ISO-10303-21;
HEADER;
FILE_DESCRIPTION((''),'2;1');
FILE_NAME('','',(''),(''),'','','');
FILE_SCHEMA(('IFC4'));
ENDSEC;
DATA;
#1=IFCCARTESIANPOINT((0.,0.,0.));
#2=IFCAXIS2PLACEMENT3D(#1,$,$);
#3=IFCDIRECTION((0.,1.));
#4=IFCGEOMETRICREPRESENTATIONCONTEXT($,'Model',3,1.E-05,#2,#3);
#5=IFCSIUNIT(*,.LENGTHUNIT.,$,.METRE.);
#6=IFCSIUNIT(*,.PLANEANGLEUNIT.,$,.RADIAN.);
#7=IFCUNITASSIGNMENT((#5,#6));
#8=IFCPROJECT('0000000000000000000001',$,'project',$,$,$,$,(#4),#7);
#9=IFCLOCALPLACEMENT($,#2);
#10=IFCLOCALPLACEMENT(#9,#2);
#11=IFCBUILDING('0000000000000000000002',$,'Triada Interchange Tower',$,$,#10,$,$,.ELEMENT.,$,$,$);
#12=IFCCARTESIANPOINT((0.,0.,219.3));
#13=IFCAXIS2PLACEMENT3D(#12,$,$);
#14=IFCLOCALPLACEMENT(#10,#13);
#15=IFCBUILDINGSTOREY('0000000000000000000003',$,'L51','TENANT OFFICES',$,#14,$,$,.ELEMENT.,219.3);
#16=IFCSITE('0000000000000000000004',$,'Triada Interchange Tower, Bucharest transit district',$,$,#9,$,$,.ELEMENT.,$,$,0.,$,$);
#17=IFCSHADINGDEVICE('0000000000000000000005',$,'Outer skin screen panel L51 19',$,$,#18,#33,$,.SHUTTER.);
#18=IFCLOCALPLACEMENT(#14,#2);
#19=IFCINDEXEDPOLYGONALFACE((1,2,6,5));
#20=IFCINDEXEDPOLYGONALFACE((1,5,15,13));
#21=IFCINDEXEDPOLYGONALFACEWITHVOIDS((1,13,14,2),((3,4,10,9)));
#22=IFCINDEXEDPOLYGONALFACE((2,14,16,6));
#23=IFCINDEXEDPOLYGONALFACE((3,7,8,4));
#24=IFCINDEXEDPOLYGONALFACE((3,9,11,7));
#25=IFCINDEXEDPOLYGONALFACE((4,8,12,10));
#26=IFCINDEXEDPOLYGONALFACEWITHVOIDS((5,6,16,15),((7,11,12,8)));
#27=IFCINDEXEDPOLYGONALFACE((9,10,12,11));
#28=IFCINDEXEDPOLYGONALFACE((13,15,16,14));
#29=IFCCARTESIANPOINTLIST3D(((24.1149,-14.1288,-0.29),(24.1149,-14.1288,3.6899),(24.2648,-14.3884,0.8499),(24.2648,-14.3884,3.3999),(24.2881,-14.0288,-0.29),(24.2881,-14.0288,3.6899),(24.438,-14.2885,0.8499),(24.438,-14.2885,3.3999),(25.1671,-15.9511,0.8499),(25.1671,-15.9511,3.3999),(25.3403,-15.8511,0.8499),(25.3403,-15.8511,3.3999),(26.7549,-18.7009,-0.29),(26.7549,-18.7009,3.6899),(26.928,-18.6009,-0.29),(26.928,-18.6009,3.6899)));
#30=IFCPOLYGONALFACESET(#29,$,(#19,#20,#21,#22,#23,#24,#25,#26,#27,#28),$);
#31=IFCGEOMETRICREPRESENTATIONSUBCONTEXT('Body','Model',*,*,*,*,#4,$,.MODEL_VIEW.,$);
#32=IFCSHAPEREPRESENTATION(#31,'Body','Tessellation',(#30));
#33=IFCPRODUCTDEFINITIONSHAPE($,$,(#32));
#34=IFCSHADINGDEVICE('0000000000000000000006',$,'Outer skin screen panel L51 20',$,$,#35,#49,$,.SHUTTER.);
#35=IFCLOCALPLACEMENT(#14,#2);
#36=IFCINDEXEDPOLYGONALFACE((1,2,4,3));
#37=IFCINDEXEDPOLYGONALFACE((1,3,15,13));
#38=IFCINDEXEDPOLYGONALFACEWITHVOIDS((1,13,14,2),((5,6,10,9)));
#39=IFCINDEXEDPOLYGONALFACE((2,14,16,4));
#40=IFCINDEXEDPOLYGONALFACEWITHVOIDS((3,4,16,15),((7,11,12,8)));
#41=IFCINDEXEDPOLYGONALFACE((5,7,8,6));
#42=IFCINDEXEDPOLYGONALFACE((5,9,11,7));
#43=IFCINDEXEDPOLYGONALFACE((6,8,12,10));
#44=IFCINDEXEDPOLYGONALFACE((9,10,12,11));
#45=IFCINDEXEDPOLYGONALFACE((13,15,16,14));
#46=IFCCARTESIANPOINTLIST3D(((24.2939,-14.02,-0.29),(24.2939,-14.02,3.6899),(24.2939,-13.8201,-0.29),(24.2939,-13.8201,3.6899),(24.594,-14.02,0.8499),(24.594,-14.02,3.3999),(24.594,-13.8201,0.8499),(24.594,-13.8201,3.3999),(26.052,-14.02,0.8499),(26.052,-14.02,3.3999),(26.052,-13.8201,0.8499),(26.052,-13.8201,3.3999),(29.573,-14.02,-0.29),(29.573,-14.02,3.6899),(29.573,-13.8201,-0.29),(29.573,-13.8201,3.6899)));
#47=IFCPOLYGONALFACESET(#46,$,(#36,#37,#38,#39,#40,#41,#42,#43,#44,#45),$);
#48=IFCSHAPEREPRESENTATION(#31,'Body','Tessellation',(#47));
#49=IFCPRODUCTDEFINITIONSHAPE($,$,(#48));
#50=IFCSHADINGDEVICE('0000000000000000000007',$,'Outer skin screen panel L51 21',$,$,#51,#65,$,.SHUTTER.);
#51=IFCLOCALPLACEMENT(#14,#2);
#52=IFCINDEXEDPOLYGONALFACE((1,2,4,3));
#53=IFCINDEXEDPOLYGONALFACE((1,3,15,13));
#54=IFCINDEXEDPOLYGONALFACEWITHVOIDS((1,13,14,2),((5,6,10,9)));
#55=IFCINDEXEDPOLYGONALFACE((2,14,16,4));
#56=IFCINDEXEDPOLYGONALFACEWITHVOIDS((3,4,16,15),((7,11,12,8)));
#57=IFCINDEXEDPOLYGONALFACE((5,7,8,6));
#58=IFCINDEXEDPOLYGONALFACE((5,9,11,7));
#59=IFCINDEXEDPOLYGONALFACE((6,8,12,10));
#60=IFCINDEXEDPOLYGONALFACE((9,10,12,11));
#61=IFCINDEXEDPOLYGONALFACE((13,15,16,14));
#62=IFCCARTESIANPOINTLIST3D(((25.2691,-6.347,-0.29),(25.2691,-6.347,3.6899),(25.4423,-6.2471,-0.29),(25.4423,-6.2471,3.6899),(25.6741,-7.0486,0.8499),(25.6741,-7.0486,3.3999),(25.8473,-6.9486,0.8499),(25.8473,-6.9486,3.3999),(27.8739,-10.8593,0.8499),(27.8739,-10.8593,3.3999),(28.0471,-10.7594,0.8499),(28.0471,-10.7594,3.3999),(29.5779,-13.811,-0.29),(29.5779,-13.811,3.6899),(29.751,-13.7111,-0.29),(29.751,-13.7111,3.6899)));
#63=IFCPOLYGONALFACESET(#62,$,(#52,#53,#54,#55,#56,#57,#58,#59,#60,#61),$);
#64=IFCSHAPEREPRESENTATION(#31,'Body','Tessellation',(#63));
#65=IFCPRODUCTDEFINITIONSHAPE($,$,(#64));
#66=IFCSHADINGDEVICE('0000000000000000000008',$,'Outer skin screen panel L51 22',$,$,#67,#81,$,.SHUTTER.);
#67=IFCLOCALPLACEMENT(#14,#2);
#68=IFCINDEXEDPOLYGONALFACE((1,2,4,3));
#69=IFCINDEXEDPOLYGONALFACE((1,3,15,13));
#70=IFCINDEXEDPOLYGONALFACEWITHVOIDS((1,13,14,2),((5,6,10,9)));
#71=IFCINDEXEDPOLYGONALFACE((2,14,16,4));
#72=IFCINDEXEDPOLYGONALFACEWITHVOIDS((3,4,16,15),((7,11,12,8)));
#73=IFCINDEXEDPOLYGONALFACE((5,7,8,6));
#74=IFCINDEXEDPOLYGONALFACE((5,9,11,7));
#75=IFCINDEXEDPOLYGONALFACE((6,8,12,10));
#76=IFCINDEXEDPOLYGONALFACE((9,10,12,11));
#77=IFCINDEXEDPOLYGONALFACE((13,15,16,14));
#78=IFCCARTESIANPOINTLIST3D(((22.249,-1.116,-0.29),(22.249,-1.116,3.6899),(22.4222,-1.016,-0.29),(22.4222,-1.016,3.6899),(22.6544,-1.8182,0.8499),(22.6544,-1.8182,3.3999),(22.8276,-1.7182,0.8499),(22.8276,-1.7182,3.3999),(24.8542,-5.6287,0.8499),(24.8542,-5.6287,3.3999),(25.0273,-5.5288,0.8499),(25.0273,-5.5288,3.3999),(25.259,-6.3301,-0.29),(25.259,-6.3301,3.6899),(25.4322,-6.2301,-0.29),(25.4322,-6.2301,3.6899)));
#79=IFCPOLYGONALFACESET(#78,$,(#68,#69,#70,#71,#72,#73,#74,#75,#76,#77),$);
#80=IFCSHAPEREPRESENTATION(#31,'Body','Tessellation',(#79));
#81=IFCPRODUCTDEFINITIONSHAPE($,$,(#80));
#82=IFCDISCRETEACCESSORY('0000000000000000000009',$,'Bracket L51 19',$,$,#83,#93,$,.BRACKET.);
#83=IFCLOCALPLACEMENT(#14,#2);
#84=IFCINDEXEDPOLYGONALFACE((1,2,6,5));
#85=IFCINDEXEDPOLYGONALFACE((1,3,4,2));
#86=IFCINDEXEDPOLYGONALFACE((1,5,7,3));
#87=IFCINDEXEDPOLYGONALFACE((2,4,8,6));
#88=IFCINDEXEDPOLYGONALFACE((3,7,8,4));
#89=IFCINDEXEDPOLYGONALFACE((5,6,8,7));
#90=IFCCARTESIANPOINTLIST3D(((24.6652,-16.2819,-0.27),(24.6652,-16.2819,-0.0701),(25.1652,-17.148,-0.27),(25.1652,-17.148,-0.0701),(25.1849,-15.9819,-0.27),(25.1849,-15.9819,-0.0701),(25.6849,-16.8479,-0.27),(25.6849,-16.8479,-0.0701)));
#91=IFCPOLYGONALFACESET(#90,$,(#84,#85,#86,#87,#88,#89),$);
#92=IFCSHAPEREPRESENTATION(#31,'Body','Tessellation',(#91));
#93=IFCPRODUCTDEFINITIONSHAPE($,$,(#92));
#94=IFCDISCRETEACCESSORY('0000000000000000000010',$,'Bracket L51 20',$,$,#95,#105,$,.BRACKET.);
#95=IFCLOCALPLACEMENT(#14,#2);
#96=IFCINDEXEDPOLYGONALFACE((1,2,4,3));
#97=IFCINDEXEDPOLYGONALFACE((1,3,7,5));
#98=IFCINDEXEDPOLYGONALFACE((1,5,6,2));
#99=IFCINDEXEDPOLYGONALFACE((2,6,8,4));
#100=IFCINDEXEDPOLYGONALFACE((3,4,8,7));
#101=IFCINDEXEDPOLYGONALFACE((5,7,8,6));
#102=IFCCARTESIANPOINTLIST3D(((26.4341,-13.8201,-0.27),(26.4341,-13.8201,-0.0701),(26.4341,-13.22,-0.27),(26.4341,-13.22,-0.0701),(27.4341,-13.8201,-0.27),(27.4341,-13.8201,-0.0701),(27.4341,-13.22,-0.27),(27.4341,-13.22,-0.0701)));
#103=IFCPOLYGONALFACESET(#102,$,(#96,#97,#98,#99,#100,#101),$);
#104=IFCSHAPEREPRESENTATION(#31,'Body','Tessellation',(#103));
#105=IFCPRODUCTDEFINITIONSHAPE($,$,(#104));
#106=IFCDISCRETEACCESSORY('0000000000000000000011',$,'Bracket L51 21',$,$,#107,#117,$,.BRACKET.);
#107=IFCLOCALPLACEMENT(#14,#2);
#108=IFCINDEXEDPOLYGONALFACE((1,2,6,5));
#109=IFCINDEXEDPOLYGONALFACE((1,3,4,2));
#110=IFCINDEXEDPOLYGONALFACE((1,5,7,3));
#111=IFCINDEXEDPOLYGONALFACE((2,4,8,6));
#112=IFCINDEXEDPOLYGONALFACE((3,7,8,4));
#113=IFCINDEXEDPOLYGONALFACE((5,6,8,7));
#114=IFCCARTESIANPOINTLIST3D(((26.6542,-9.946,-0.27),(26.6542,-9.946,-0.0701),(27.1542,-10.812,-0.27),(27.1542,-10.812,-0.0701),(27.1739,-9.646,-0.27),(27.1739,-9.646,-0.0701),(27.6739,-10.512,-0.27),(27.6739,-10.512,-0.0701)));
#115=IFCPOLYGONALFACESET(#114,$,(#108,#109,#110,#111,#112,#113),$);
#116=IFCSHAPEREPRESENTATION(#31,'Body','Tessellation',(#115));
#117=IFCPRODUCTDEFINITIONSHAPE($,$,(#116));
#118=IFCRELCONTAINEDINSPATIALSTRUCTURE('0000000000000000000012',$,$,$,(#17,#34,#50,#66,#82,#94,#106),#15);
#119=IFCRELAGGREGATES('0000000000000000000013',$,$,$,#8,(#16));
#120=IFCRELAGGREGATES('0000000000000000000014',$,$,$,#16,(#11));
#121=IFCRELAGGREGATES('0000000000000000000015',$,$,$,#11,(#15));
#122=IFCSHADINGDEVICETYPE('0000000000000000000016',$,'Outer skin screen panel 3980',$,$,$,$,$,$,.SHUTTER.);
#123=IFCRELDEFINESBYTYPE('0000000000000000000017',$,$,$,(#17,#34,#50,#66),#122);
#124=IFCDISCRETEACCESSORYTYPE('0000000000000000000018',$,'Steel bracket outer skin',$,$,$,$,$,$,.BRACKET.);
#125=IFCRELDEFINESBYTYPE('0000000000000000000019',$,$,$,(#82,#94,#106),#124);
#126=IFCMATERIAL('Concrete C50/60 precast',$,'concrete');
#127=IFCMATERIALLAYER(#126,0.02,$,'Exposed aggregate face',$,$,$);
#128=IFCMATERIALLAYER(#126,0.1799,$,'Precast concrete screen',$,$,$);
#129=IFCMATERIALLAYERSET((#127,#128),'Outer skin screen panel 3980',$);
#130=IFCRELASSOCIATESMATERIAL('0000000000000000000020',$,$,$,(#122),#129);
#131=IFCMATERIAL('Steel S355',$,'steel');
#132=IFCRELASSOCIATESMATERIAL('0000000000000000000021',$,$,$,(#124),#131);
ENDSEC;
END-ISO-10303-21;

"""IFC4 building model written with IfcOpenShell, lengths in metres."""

from ifc_helpers import new_model, si_unit, direction, frame, origin, origin_2d, place, context, subcontext, project, spatial, polyline, rectangle, outline, extrude, material, layer, layer_set, type_object, element, save


model = new_model("IFC4")

# Units and contexts
model_context = context("Model", 3, precision=1e-05, world=origin(), true_north=direction((0.0, 1.0)))
body_context = subcontext(model_context, "Body", "Model", "MODEL_VIEW")
ifc_project = project(units=[si_unit("LENGTHUNIT", "METRE"), si_unit("PLANEANGLEUNIT", "RADIAN")], contexts=[model_context])

# Site, building, storey
site_placement = place(None, origin())
site = spatial("IfcSite", under=ifc_project, at=site_placement, Name="Triada Interchange Tower, Bucharest transit district", CompositionType="ELEMENT", RefElevation=0.0)
building_placement = place(site_placement, origin())
building = spatial("IfcBuilding", under=site, at=building_placement, Name="Triada Interchange Tower", CompositionType="ELEMENT")
storey_placement = place(building_placement, frame((0.0, 0.0, 219.3)))
storey = spatial("IfcBuildingStorey", under=building, at=storey_placement, Name="L51", Description="TENANT OFFICES", CompositionType="ELEMENT", Elevation=219.3)

# Shading devices
ifc_material_1 = material(Name="Concrete C50/60 precast", Category="concrete")
ifc_layer_1 = layer(ifc_material_1, 0.02, Name="Exposed aggregate face")
ifc_layer_2 = layer(ifc_material_1, 0.1799, Name="Precast concrete screen")
ifc_layer_set_1 = layer_set([ifc_layer_1, ifc_layer_2], Name="Outer skin screen panel 3980")
shading_device_type = type_object("IfcShadingDeviceType", Name="Outer skin screen panel 3980", PredefinedType="SHUTTER", material=ifc_layer_set_1)
shading_device_1_placement = place(storey_placement, frame((26.7549, -18.7009, -0.29), z_axis=(0.0, 0.0, 1.0), x_axis=(-0.500033, 0.866006, 0.0)))
element("IfcShadingDevice", 1, at=shading_device_1_placement, inside=storey, type_object=shading_device_type, Name="Outer skin screen panel L51 19", PredefinedType="SHUTTER", context=body_context, shape_type="SweptSolid", body=[
    extrude(outline(polyline([(0.0, 0.0), (5.2795, 0.0), (5.2795, 3.98), (0.0, 3.98), (0.0, 0.0)]), holes=[polyline([(3.1753, 1.1399), (3.1753, 3.6899), (4.9797, 3.6899), (4.9797, 1.1399), (3.1753, 1.1399)])]), frame((0.0, 0.0, 0.0), z_axis=(0.0, -1.0, 0.0), x_axis=(1.0, 0.0, 0.0)), (0.0, 0.0, 1.0), 0.2),
])
shading_device_2_placement = place(storey_placement, frame((24.2939, -13.8201, -0.29), z_axis=(0.0, 0.0, 1.0), x_axis=(1.0, 0.0, 0.0)))
element("IfcShadingDevice", 2, at=shading_device_2_placement, inside=storey, type_object=shading_device_type, Name="Outer skin screen panel L51 20", PredefinedType="SHUTTER", context=body_context, shape_type="SweptSolid", body=[
    extrude(outline(polyline([(0.0, 0.0), (5.2791, 0.0), (5.2791, 3.98), (0.0, 3.98), (0.0, 0.0)]), holes=[polyline([(0.3, 1.1399), (0.3, 3.6899), (1.7581, 3.6899), (1.7581, 1.1399), (0.3, 1.1399)])]), frame((0.0, 0.0, 0.0), z_axis=(0.0, -1.0, 0.0), x_axis=(1.0, 0.0, 0.0)), (0.0, 0.0, 1.0), 0.2),
])
shading_device_3_placement = place(storey_placement, frame((29.5779, -13.811, -0.29), z_axis=(0.0, 0.0, 1.0), x_axis=(-0.499951, 0.866054, 0.0)))
element("IfcShadingDevice", 3, at=shading_device_3_placement, inside=storey, type_object=shading_device_type, Name="Outer skin screen panel L51 21", PredefinedType="SHUTTER", context=body_context, shape_type="SweptSolid", body=[
    extrude(outline(polyline([(0.0, 0.0), (8.6184, 0.0), (8.6184, 3.98), (0.0, 3.98), (0.0, 0.0)]), holes=[polyline([(3.4082, 1.1399), (3.4082, 3.6899), (7.8083, 3.6899), (7.8083, 1.1399), (3.4082, 1.1399)])]), frame((0.0, 0.0, 0.0), z_axis=(0.0, -1.0, 0.0), x_axis=(1.0, 0.0, 0.0)), (0.0, 0.0, 1.0), 0.2),
])
shading_device_4_placement = place(storey_placement, frame((25.259, -6.3301, -0.29), z_axis=(0.0, 0.0, 1.0), x_axis=(-0.499955, 0.866051, 0.0)))
element("IfcShadingDevice", 4, at=shading_device_4_placement, inside=storey, type_object=shading_device_type, Name="Outer skin screen panel L51 22", PredefinedType="SHUTTER", context=body_context, shape_type="SweptSolid", body=[
    extrude(outline(polyline([(0.0, 0.0), (6.0205, 0.0), (6.0205, 3.98), (0.0, 3.98), (0.0, 0.0)]), holes=[polyline([(0.8098, 1.1399), (0.8098, 3.6899), (5.2097, 3.6899), (5.2097, 1.1399), (0.8098, 1.1399)])]), frame((0.0, 0.0, 0.0), z_axis=(0.0, -1.0, 0.0), x_axis=(1.0, 0.0, 0.0)), (0.0, 0.0, 1.0), 0.2),
])

# Discrete accessories
ifc_material_2 = material(Name="Steel S355", Category="steel")
discrete_accessory_type = type_object("IfcDiscreteAccessoryType", Name="Steel bracket outer skin", PredefinedType="BRACKET", material=ifc_material_2)
for number, where, z_axis, x_axis, name in (
    (5, (25.175, -16.5649, -0.27), (0.0, 0.0, 1.0), (0.866044, 0.499968, 0.0), "Bracket L51 19"),
    (6, (26.9341, -13.52, -0.27), (0.0, 0.0, 1.0), (0.0, -1.0, 0.0), "Bracket L51 20"),
    (7, (27.1641, -10.229, -0.27), (0.0, 0.0, 1.0), (0.866025, 0.500001, 0.0), "Bracket L51 21"),
):
    element("IfcDiscreteAccessory", number, at=place(storey_placement, frame(where, z_axis=z_axis, x_axis=x_axis)), inside=storey, type_object=discrete_accessory_type, Name=name, PredefinedType="BRACKET", context=body_context, shape_type="SweptSolid", body=[
        extrude(rectangle(XDim=0.6001, YDim=1.0, at=origin_2d()), origin(), (0.0, 0.0, 1.0), 0.2),
    ])

save(model, "model.ifc")
